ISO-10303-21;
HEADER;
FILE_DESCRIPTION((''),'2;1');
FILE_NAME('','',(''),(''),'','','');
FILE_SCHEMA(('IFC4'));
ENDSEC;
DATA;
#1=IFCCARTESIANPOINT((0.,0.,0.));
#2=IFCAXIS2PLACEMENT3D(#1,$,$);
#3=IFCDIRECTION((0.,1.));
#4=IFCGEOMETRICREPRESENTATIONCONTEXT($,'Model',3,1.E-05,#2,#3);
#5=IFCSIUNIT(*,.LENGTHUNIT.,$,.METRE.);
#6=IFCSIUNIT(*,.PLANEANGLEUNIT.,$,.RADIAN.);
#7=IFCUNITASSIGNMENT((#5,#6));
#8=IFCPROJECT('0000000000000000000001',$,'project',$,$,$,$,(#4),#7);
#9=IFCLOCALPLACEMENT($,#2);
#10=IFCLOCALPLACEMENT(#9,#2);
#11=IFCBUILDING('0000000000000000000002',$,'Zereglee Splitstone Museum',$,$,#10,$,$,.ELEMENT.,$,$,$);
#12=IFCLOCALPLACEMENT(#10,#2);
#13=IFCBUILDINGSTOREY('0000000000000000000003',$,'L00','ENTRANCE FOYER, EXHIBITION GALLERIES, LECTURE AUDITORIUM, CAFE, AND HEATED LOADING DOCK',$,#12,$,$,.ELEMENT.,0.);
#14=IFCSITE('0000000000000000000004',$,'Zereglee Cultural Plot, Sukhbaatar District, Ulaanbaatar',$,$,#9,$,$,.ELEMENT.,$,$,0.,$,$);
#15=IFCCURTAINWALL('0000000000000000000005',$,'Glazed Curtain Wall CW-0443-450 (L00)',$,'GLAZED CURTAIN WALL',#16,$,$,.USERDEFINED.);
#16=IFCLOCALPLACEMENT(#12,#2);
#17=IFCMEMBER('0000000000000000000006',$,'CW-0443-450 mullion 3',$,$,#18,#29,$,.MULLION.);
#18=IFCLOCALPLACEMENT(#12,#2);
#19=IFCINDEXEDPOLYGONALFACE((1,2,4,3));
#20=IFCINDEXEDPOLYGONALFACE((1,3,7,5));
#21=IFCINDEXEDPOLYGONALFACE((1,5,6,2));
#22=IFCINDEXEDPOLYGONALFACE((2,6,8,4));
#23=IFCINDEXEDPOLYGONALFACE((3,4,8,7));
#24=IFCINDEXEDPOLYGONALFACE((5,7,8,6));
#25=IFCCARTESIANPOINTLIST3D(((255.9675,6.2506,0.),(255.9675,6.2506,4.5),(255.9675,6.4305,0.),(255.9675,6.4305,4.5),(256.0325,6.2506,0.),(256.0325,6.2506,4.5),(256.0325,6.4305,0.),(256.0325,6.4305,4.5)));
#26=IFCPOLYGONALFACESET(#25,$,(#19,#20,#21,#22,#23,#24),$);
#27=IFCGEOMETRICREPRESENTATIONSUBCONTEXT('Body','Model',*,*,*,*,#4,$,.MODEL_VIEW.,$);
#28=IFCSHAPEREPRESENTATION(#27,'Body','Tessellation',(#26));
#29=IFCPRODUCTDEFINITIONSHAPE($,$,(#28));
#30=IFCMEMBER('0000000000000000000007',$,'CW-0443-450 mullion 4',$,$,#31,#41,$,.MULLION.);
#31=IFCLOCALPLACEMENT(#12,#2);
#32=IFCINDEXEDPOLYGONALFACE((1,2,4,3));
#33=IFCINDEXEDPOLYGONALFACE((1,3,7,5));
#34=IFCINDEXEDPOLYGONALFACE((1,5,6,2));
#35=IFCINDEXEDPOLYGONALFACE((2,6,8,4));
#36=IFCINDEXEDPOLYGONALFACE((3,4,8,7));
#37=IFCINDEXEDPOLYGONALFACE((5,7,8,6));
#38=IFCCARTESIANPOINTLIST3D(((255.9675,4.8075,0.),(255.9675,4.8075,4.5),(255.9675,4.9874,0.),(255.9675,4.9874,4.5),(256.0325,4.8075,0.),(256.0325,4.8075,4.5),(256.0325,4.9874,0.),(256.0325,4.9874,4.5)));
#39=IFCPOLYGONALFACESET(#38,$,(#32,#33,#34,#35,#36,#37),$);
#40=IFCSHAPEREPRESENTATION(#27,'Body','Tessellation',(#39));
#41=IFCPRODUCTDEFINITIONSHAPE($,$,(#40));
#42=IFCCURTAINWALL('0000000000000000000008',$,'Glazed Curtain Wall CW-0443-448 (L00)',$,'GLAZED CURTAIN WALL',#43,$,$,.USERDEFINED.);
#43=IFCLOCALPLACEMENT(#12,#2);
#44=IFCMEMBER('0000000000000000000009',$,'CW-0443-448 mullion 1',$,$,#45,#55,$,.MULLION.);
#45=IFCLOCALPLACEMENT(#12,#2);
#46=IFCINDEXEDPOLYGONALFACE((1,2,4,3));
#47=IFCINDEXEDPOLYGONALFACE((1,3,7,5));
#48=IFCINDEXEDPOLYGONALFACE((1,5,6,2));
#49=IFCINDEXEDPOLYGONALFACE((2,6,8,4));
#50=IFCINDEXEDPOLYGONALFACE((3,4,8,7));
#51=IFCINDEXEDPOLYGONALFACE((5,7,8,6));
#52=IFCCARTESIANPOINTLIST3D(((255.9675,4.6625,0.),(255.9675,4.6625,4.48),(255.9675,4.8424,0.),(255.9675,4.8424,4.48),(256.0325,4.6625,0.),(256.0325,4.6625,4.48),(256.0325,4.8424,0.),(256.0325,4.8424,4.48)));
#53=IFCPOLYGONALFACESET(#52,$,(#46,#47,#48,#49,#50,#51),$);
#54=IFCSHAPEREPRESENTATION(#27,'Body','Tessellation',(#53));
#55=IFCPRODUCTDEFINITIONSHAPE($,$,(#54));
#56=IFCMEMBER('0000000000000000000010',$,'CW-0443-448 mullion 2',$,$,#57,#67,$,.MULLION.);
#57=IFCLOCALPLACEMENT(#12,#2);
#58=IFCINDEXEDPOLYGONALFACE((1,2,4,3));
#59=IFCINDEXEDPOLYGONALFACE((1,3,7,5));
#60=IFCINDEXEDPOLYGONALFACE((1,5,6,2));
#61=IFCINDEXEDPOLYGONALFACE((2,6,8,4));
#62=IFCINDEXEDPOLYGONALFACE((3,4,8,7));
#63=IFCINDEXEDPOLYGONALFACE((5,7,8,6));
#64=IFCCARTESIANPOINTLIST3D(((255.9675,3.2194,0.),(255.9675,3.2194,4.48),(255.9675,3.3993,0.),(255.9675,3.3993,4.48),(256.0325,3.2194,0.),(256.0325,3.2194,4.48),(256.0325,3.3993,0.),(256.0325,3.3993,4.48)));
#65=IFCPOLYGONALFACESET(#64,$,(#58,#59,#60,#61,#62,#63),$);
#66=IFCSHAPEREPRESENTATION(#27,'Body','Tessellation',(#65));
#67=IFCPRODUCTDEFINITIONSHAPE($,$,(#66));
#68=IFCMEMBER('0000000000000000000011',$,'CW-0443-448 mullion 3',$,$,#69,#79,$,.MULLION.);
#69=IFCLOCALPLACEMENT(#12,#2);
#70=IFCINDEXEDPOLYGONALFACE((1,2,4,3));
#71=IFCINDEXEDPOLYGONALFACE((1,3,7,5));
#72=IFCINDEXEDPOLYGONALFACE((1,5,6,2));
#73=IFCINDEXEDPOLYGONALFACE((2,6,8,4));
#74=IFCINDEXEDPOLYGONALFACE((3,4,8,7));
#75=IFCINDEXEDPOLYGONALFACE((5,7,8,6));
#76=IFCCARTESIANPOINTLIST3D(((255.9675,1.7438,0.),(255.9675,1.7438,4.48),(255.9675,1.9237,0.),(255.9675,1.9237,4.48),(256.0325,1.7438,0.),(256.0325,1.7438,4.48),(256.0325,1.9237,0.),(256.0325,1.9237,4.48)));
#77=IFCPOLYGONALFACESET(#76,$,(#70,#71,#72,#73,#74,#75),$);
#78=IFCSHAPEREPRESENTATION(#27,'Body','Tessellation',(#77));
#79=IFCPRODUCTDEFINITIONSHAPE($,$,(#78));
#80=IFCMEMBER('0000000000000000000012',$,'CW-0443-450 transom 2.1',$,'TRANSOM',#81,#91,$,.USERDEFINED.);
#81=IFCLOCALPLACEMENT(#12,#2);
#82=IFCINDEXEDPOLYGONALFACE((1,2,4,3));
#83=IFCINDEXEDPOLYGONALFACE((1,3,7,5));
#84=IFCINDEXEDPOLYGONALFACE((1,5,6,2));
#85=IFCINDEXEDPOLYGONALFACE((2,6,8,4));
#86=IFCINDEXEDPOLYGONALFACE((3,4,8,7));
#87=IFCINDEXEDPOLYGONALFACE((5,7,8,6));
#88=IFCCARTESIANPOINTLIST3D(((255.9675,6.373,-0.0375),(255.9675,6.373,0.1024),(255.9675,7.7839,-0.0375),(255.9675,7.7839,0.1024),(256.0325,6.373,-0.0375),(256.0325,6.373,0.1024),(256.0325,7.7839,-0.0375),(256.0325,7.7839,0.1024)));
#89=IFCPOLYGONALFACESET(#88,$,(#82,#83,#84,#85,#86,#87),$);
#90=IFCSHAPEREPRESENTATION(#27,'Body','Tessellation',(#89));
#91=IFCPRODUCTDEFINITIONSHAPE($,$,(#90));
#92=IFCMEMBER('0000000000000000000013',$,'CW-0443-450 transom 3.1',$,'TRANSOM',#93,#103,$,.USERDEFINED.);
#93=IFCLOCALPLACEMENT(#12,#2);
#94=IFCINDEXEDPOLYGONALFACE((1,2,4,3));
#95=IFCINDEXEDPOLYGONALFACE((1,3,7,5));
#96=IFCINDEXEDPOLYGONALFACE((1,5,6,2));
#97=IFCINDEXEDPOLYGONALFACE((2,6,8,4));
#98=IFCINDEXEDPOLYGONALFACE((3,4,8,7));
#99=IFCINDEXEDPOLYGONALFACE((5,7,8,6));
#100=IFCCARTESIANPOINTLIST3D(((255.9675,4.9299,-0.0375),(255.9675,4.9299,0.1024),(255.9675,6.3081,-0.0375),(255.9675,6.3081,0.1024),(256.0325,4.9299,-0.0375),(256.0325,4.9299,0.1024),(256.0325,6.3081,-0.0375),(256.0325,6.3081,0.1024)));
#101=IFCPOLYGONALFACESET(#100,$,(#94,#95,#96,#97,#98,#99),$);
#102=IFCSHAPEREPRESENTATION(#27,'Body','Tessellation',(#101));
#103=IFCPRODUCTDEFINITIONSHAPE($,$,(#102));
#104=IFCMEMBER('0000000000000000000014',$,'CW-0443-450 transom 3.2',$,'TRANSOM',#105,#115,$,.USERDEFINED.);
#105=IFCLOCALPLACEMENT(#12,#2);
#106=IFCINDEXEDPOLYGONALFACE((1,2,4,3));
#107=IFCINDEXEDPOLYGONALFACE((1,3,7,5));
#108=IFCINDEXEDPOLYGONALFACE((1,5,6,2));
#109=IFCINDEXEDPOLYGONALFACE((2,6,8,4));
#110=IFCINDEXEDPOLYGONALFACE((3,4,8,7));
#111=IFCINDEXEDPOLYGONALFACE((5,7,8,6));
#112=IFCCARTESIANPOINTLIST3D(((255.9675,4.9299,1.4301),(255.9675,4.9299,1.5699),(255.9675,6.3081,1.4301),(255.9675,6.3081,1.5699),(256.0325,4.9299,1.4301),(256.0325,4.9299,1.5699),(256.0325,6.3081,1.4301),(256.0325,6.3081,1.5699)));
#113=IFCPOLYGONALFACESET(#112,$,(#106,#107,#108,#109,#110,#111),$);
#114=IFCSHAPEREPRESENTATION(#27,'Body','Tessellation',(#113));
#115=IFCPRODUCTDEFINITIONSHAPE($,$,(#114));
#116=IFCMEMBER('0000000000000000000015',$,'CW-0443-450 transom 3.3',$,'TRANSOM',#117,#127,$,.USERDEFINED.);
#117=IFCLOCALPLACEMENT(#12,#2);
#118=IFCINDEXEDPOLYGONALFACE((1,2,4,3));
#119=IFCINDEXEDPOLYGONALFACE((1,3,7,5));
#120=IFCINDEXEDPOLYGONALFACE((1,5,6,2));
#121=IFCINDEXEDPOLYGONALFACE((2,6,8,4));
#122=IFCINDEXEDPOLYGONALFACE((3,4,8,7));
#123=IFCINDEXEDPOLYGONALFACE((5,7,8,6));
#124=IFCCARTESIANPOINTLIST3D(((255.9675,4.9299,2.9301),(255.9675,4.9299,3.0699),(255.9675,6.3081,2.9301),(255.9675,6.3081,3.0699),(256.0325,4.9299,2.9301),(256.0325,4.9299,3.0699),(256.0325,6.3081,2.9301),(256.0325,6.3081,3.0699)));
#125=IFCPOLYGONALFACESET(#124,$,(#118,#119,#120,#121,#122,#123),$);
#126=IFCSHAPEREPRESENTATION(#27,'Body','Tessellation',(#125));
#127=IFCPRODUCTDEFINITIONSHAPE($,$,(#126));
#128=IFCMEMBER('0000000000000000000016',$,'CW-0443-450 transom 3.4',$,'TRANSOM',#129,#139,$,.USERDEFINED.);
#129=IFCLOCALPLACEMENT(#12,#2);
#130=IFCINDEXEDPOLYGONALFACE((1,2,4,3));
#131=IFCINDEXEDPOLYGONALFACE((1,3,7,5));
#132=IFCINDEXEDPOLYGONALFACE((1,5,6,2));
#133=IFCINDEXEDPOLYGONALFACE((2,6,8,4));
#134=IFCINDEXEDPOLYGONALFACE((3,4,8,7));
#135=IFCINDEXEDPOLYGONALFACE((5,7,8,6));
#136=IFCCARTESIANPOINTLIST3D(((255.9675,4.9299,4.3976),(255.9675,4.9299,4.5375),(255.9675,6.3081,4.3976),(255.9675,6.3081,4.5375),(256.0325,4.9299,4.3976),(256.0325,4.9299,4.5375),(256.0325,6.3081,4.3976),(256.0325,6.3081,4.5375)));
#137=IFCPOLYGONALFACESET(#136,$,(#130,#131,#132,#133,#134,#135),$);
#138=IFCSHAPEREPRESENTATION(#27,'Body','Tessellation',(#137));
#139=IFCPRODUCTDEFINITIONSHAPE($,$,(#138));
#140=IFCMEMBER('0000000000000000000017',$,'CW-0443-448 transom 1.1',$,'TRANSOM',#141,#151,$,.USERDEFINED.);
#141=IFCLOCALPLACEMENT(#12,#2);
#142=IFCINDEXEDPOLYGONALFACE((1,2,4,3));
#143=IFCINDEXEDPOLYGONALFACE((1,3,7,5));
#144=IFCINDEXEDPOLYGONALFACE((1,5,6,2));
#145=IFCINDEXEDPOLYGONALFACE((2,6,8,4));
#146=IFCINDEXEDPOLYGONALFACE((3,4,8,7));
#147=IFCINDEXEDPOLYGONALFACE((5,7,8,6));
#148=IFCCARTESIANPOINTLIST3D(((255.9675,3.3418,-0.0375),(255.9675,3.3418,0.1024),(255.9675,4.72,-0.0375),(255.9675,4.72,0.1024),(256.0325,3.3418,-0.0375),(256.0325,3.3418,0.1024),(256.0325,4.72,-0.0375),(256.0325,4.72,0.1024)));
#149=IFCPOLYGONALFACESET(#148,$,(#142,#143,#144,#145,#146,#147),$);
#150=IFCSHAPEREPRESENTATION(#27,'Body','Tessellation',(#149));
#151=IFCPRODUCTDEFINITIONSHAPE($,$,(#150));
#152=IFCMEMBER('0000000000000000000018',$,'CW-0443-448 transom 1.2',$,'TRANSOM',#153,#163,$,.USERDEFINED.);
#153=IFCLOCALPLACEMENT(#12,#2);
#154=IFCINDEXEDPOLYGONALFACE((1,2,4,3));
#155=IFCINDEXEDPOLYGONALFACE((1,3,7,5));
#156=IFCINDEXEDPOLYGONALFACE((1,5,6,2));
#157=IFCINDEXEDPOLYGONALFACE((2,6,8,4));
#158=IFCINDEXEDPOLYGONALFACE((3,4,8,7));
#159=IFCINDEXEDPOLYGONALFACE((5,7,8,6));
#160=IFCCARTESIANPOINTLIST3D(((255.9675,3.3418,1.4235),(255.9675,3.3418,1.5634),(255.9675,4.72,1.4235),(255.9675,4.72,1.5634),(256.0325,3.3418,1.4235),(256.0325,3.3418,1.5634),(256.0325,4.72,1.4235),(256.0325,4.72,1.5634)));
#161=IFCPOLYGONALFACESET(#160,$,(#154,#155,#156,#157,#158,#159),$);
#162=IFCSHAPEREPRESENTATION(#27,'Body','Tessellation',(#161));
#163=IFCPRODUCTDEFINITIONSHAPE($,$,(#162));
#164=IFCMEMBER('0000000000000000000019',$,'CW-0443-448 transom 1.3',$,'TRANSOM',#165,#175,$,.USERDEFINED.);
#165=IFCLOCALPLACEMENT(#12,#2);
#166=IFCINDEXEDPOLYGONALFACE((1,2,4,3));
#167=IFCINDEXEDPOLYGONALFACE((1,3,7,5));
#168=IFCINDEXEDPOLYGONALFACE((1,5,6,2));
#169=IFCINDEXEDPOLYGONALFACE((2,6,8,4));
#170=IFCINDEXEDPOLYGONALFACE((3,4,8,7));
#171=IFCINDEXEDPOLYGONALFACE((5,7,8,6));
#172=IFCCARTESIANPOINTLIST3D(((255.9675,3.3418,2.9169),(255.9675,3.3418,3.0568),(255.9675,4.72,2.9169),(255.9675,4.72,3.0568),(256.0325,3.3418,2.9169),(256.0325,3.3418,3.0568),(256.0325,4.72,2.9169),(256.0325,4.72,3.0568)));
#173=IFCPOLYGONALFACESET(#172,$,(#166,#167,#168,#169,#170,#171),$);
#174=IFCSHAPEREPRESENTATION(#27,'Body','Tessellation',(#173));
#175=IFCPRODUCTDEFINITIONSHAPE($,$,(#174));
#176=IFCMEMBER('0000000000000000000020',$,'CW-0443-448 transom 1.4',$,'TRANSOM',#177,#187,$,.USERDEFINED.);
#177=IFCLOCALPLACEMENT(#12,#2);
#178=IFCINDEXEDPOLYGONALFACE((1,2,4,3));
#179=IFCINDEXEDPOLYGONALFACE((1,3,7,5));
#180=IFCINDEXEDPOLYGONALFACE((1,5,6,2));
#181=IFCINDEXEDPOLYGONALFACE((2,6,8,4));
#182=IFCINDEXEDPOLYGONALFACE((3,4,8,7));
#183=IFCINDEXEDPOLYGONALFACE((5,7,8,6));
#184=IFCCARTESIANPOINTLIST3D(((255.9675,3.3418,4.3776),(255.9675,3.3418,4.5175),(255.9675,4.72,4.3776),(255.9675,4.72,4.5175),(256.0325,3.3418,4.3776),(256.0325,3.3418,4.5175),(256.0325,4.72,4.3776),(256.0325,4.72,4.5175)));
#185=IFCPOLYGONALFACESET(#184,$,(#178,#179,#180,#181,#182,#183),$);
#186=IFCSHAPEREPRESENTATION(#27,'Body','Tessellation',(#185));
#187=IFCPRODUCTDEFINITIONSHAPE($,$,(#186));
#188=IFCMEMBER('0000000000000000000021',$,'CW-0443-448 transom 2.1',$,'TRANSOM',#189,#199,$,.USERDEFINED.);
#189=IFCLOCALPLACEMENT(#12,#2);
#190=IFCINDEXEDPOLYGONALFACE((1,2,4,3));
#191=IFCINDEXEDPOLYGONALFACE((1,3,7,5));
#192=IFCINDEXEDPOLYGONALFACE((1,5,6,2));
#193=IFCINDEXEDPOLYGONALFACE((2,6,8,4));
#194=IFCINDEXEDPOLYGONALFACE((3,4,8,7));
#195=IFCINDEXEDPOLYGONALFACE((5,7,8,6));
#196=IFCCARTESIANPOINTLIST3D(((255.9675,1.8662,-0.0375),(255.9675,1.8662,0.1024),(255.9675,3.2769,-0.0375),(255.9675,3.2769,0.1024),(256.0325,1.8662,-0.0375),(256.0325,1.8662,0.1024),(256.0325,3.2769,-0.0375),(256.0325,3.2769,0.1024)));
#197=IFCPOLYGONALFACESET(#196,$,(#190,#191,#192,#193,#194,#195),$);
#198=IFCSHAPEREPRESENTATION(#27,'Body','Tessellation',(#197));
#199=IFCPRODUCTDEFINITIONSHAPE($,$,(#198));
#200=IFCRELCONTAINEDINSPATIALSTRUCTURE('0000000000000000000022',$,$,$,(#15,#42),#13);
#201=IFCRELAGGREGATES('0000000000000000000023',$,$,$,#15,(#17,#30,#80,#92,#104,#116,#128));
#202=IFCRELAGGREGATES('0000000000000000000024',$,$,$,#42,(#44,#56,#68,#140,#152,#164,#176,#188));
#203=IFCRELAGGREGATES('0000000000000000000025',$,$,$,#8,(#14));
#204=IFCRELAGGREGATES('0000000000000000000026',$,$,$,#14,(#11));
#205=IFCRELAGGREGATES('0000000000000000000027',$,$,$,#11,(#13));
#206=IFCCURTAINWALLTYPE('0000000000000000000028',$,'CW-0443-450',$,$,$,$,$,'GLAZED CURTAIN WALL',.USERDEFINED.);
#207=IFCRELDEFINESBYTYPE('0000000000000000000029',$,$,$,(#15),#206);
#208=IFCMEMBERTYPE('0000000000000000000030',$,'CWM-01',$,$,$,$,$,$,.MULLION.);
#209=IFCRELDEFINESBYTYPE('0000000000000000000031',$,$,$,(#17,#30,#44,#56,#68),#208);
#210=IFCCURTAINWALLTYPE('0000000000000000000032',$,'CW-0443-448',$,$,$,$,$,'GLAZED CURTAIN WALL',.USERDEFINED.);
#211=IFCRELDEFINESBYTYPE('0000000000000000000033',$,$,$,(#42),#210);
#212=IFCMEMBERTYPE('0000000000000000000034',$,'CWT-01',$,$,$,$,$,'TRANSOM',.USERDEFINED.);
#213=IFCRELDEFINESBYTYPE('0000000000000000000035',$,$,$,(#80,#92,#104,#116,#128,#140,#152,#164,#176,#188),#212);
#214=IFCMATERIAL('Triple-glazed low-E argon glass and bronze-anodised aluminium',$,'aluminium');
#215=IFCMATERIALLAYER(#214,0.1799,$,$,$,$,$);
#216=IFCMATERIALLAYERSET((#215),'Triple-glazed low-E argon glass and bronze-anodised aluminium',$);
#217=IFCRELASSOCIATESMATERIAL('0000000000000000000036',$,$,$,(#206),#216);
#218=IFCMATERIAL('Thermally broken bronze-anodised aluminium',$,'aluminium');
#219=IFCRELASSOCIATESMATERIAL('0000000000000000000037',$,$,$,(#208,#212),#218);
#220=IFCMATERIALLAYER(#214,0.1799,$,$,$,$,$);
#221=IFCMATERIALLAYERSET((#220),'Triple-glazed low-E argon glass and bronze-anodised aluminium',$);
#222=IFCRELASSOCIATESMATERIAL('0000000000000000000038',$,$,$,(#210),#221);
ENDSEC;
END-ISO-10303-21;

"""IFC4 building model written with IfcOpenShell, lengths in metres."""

from ifc_helpers import new_model, si_unit, direction, frame, origin, origin_2d, place, context, subcontext, project, spatial, rectangle, extrude, material, layer, layer_set, material_profile, profile_set, type_object, element, aggregate, save


model = new_model("IFC4")

# Units and contexts
model_context = context("Model", 3, precision=1e-05, world=origin(), true_north=direction((0.0, 1.0)))
body_context = subcontext(model_context, "Body", "Model", "MODEL_VIEW")
ifc_project = project(units=[si_unit("LENGTHUNIT", "METRE"), si_unit("PLANEANGLEUNIT", "RADIAN")], contexts=[model_context])

# Site, building, storey
site_placement = place(None, origin())
site = spatial("IfcSite", under=ifc_project, at=site_placement, Name="Zereglee Cultural Plot, Sukhbaatar District, Ulaanbaatar", CompositionType="ELEMENT", RefElevation=0.0)
building_placement = place(site_placement, origin())
building = spatial("IfcBuilding", under=site, at=building_placement, Name="Zereglee Splitstone Museum", CompositionType="ELEMENT")
storey_placement = place(building_placement, origin())
storey = spatial("IfcBuildingStorey", under=building, at=storey_placement, Name="L00", Description="ENTRANCE FOYER, EXHIBITION GALLERIES, LECTURE AUDITORIUM, CAFE, AND HEATED LOADING DOCK", CompositionType="ELEMENT", Elevation=0.0)

# Curtain walls, members
ifc_material_1 = material(Name="Triple-glazed low-E argon glass and bronze-anodised aluminium", Category="aluminium")
ifc_layer_1 = layer(ifc_material_1, 0.1799)
ifc_layer_set_1 = layer_set([ifc_layer_1], Name="Triple-glazed low-E argon glass and bronze-anodised aluminium")
curtain_wall_type_1 = type_object("IfcCurtainWallType", Name="CW-0443-450", ElementType="GLAZED CURTAIN WALL", PredefinedType="USERDEFINED", material=ifc_layer_set_1)
curtain_wall_1_placement = place(storey_placement, origin())
curtain_wall_1 = element("IfcCurtainWall", 1, at=curtain_wall_1_placement, inside=storey, type_object=curtain_wall_type_1, Name="Glazed Curtain Wall CW-0443-450 (L00)", ObjectType="GLAZED CURTAIN WALL", PredefinedType="USERDEFINED")
ifc_material_2 = material(Name="Thermally broken bronze-anodised aluminium", Category="aluminium")
ifc_material_profile_1 = material_profile(ifc_material_2, rectangle(XDim=0.0649, YDim=0.1799, at=origin_2d()), Name="CW MULL 65x180")
ifc_profile_set_1 = profile_set([ifc_material_profile_1], Name="Thermally broken bronze-anodised aluminium")
member_type_1 = type_object("IfcMemberType", Name="CWM-01", PredefinedType="MULLION", material=ifc_profile_set_1)
member_1_placement = place(storey_placement, frame((256.0, 6.3406, 0.0), z_axis=(0.0, 0.0, 1.0), x_axis=(1.0, 0.0, 0.0)))
member_1 = element("IfcMember", 2, at=member_1_placement, type_object=member_type_1, Name="CW-0443-450 mullion 3", PredefinedType="MULLION", context=body_context, shape_type="SweptSolid", body=[
    extrude(rectangle(XDim=0.0649, YDim=0.1799, at=origin_2d()), origin(), (0.0, 0.0, 1.0), 4.5),
])
member_2_placement = place(storey_placement, frame((256.0, 4.8975, 0.0), z_axis=(0.0, 0.0, 1.0), x_axis=(1.0, 0.0, 0.0)))
member_2 = element("IfcMember", 3, at=member_2_placement, type_object=member_type_1, Name="CW-0443-450 mullion 4", PredefinedType="MULLION", context=body_context, shape_type="SweptSolid", body=[
    extrude(rectangle(XDim=0.0649, YDim=0.1799, at=origin_2d()), origin(), (0.0, 0.0, 1.0), 4.5),
])
ifc_layer_2 = layer(ifc_material_1, 0.1799)
ifc_layer_set_2 = layer_set([ifc_layer_2], Name="Triple-glazed low-E argon glass and bronze-anodised aluminium")
curtain_wall_type_2 = type_object("IfcCurtainWallType", Name="CW-0443-448", ElementType="GLAZED CURTAIN WALL", PredefinedType="USERDEFINED", material=ifc_layer_set_2)
curtain_wall_2_placement = place(storey_placement, origin())
curtain_wall_2 = element("IfcCurtainWall", 4, at=curtain_wall_2_placement, inside=storey, type_object=curtain_wall_type_2, Name="Glazed Curtain Wall CW-0443-448 (L00)", ObjectType="GLAZED CURTAIN WALL", PredefinedType="USERDEFINED")
member_3_placement = place(storey_placement, frame((256.0, 4.7524, 0.0), z_axis=(0.0, 0.0, 1.0), x_axis=(1.0, 0.0, 0.0)))
member_3 = element("IfcMember", 5, at=member_3_placement, type_object=member_type_1, Name="CW-0443-448 mullion 1", PredefinedType="MULLION", context=body_context, shape_type="SweptSolid", body=[
    extrude(rectangle(XDim=0.0649, YDim=0.1799, at=origin_2d()), origin(), (0.0, 0.0, 1.0), 4.48),
])
member_4_placement = place(storey_placement, frame((256.0, 3.3093, 0.0), z_axis=(0.0, 0.0, 1.0), x_axis=(1.0, 0.0, 0.0)))
member_4 = element("IfcMember", 6, at=member_4_placement, type_object=member_type_1, Name="CW-0443-448 mullion 2", PredefinedType="MULLION", context=body_context, shape_type="SweptSolid", body=[
    extrude(rectangle(XDim=0.0649, YDim=0.1799, at=origin_2d()), origin(), (0.0, 0.0, 1.0), 4.48),
])
member_5_placement = place(storey_placement, frame((256.0, 1.8337, 0.0), z_axis=(0.0, 0.0, 1.0), x_axis=(1.0, 0.0, 0.0)))
member_5 = element("IfcMember", 7, at=member_5_placement, type_object=member_type_1, Name="CW-0443-448 mullion 3", PredefinedType="MULLION", context=body_context, shape_type="SweptSolid", body=[
    extrude(rectangle(XDim=0.0649, YDim=0.1799, at=origin_2d()), origin(), (0.0, 0.0, 1.0), 4.48),
])

# Members
ifc_material_profile_2 = material_profile(ifc_material_2, rectangle(XDim=0.0649, YDim=0.1399, at=origin_2d()), Name="CW TRAN 65x140")
ifc_profile_set_2 = profile_set([ifc_material_profile_2], Name="Thermally broken bronze-anodised aluminium")
member_type_2 = type_object("IfcMemberType", Name="CWT-01", ElementType="TRANSOM", PredefinedType="USERDEFINED", material=ifc_profile_set_2)
member_6_placement = place(storey_placement, frame((256.0, 7.7839, 0.0325), z_axis=(0.0, -1.0, 0.0), x_axis=(1.0, 0.0, 0.0)))
member_6 = element("IfcMember", 8, at=member_6_placement, type_object=member_type_2, Name="CW-0443-450 transom 2.1", ObjectType="TRANSOM", PredefinedType="USERDEFINED", context=body_context, shape_type="SweptSolid", body=[
    extrude(rectangle(XDim=0.0649, YDim=0.1399, at=origin_2d()), origin(), (0.0, 0.0, 1.0), 1.4109),
])
member_7_placement = place(storey_placement, frame((256.0, 6.3081, 0.0325), z_axis=(0.0, -1.0, 0.0), x_axis=(1.0, 0.0, 0.0)))
member_7 = element("IfcMember", 9, at=member_7_placement, type_object=member_type_2, Name="CW-0443-450 transom 3.1", ObjectType="TRANSOM", PredefinedType="USERDEFINED", context=body_context, shape_type="SweptSolid", body=[
    extrude(rectangle(XDim=0.0649, YDim=0.1399, at=origin_2d()), origin(), (0.0, 0.0, 1.0), 1.3782),
])
member_8_placement = place(storey_placement, frame((256.0, 6.3081, 1.5), z_axis=(0.0, -1.0, 0.0), x_axis=(1.0, 0.0, 0.0)))
member_8 = element("IfcMember", 10, at=member_8_placement, type_object=member_type_2, Name="CW-0443-450 transom 3.2", ObjectType="TRANSOM", PredefinedType="USERDEFINED", context=body_context, shape_type="SweptSolid", body=[
    extrude(rectangle(XDim=0.0649, YDim=0.1399, at=origin_2d()), origin(), (0.0, 0.0, 1.0), 1.3782),
])
member_9_placement = place(storey_placement, frame((256.0, 6.3081, 3.0), z_axis=(0.0, -1.0, 0.0), x_axis=(1.0, 0.0, 0.0)))
member_9 = element("IfcMember", 11, at=member_9_placement, type_object=member_type_2, Name="CW-0443-450 transom 3.3", ObjectType="TRANSOM", PredefinedType="USERDEFINED", context=body_context, shape_type="SweptSolid", body=[
    extrude(rectangle(XDim=0.0649, YDim=0.1399, at=origin_2d()), origin(), (0.0, 0.0, 1.0), 1.3782),
])
member_10_placement = place(storey_placement, frame((256.0, 6.3081, 4.4675), z_axis=(0.0, -1.0, 0.0), x_axis=(1.0, 0.0, 0.0)))
member_10 = element("IfcMember", 12, at=member_10_placement, type_object=member_type_2, Name="CW-0443-450 transom 3.4", ObjectType="TRANSOM", PredefinedType="USERDEFINED", context=body_context, shape_type="SweptSolid", body=[
    extrude(rectangle(XDim=0.0649, YDim=0.1399, at=origin_2d()), origin(), (0.0, 0.0, 1.0), 1.3782),
])
member_11_placement = place(storey_placement, frame((256.0, 4.72, 0.0325), z_axis=(0.0, -1.0, 0.0), x_axis=(1.0, 0.0, 0.0)))
member_11 = element("IfcMember", 13, at=member_11_placement, type_object=member_type_2, Name="CW-0443-448 transom 1.1", ObjectType="TRANSOM", PredefinedType="USERDEFINED", context=body_context, shape_type="SweptSolid", body=[
    extrude(rectangle(XDim=0.0649, YDim=0.1399, at=origin_2d()), origin(), (0.0, 0.0, 1.0), 1.3782),
])
member_12_placement = place(storey_placement, frame((256.0, 4.72, 1.4934), z_axis=(0.0, -1.0, 0.0), x_axis=(1.0, 0.0, 0.0)))
member_12 = element("IfcMember", 14, at=member_12_placement, type_object=member_type_2, Name="CW-0443-448 transom 1.2", ObjectType="TRANSOM", PredefinedType="USERDEFINED", context=body_context, shape_type="SweptSolid", body=[
    extrude(rectangle(XDim=0.0649, YDim=0.1399, at=origin_2d()), origin(), (0.0, 0.0, 1.0), 1.3782),
])
member_13_placement = place(storey_placement, frame((256.0, 4.72, 2.9868), z_axis=(0.0, -1.0, 0.0), x_axis=(1.0, 0.0, 0.0)))
member_13 = element("IfcMember", 15, at=member_13_placement, type_object=member_type_2, Name="CW-0443-448 transom 1.3", ObjectType="TRANSOM", PredefinedType="USERDEFINED", context=body_context, shape_type="SweptSolid", body=[
    extrude(rectangle(XDim=0.0649, YDim=0.1399, at=origin_2d()), origin(), (0.0, 0.0, 1.0), 1.3782),
])
member_14_placement = place(storey_placement, frame((256.0, 4.72, 4.4475), z_axis=(0.0, -1.0, 0.0), x_axis=(1.0, 0.0, 0.0)))
member_14 = element("IfcMember", 16, at=member_14_placement, type_object=member_type_2, Name="CW-0443-448 transom 1.4", ObjectType="TRANSOM", PredefinedType="USERDEFINED", context=body_context, shape_type="SweptSolid", body=[
    extrude(rectangle(XDim=0.0649, YDim=0.1399, at=origin_2d()), origin(), (0.0, 0.0, 1.0), 1.3782),
])
member_15_placement = place(storey_placement, frame((256.0, 3.2769, 0.0325), z_axis=(0.0, -1.0, 0.0), x_axis=(1.0, 0.0, 0.0)))
member_15 = element("IfcMember", 17, at=member_15_placement, type_object=member_type_2, Name="CW-0443-448 transom 2.1", ObjectType="TRANSOM", PredefinedType="USERDEFINED", context=body_context, shape_type="SweptSolid", body=[
    extrude(rectangle(XDim=0.0649, YDim=0.1399, at=origin_2d()), origin(), (0.0, 0.0, 1.0), 1.4106),
])

aggregate(curtain_wall_1, [member_1, member_2, member_6, member_7, member_8, member_9, member_10])
aggregate(curtain_wall_2, [member_3, member_4, member_5, member_11, member_12, member_13, member_14, member_15])

save(model, "model.ifc")
